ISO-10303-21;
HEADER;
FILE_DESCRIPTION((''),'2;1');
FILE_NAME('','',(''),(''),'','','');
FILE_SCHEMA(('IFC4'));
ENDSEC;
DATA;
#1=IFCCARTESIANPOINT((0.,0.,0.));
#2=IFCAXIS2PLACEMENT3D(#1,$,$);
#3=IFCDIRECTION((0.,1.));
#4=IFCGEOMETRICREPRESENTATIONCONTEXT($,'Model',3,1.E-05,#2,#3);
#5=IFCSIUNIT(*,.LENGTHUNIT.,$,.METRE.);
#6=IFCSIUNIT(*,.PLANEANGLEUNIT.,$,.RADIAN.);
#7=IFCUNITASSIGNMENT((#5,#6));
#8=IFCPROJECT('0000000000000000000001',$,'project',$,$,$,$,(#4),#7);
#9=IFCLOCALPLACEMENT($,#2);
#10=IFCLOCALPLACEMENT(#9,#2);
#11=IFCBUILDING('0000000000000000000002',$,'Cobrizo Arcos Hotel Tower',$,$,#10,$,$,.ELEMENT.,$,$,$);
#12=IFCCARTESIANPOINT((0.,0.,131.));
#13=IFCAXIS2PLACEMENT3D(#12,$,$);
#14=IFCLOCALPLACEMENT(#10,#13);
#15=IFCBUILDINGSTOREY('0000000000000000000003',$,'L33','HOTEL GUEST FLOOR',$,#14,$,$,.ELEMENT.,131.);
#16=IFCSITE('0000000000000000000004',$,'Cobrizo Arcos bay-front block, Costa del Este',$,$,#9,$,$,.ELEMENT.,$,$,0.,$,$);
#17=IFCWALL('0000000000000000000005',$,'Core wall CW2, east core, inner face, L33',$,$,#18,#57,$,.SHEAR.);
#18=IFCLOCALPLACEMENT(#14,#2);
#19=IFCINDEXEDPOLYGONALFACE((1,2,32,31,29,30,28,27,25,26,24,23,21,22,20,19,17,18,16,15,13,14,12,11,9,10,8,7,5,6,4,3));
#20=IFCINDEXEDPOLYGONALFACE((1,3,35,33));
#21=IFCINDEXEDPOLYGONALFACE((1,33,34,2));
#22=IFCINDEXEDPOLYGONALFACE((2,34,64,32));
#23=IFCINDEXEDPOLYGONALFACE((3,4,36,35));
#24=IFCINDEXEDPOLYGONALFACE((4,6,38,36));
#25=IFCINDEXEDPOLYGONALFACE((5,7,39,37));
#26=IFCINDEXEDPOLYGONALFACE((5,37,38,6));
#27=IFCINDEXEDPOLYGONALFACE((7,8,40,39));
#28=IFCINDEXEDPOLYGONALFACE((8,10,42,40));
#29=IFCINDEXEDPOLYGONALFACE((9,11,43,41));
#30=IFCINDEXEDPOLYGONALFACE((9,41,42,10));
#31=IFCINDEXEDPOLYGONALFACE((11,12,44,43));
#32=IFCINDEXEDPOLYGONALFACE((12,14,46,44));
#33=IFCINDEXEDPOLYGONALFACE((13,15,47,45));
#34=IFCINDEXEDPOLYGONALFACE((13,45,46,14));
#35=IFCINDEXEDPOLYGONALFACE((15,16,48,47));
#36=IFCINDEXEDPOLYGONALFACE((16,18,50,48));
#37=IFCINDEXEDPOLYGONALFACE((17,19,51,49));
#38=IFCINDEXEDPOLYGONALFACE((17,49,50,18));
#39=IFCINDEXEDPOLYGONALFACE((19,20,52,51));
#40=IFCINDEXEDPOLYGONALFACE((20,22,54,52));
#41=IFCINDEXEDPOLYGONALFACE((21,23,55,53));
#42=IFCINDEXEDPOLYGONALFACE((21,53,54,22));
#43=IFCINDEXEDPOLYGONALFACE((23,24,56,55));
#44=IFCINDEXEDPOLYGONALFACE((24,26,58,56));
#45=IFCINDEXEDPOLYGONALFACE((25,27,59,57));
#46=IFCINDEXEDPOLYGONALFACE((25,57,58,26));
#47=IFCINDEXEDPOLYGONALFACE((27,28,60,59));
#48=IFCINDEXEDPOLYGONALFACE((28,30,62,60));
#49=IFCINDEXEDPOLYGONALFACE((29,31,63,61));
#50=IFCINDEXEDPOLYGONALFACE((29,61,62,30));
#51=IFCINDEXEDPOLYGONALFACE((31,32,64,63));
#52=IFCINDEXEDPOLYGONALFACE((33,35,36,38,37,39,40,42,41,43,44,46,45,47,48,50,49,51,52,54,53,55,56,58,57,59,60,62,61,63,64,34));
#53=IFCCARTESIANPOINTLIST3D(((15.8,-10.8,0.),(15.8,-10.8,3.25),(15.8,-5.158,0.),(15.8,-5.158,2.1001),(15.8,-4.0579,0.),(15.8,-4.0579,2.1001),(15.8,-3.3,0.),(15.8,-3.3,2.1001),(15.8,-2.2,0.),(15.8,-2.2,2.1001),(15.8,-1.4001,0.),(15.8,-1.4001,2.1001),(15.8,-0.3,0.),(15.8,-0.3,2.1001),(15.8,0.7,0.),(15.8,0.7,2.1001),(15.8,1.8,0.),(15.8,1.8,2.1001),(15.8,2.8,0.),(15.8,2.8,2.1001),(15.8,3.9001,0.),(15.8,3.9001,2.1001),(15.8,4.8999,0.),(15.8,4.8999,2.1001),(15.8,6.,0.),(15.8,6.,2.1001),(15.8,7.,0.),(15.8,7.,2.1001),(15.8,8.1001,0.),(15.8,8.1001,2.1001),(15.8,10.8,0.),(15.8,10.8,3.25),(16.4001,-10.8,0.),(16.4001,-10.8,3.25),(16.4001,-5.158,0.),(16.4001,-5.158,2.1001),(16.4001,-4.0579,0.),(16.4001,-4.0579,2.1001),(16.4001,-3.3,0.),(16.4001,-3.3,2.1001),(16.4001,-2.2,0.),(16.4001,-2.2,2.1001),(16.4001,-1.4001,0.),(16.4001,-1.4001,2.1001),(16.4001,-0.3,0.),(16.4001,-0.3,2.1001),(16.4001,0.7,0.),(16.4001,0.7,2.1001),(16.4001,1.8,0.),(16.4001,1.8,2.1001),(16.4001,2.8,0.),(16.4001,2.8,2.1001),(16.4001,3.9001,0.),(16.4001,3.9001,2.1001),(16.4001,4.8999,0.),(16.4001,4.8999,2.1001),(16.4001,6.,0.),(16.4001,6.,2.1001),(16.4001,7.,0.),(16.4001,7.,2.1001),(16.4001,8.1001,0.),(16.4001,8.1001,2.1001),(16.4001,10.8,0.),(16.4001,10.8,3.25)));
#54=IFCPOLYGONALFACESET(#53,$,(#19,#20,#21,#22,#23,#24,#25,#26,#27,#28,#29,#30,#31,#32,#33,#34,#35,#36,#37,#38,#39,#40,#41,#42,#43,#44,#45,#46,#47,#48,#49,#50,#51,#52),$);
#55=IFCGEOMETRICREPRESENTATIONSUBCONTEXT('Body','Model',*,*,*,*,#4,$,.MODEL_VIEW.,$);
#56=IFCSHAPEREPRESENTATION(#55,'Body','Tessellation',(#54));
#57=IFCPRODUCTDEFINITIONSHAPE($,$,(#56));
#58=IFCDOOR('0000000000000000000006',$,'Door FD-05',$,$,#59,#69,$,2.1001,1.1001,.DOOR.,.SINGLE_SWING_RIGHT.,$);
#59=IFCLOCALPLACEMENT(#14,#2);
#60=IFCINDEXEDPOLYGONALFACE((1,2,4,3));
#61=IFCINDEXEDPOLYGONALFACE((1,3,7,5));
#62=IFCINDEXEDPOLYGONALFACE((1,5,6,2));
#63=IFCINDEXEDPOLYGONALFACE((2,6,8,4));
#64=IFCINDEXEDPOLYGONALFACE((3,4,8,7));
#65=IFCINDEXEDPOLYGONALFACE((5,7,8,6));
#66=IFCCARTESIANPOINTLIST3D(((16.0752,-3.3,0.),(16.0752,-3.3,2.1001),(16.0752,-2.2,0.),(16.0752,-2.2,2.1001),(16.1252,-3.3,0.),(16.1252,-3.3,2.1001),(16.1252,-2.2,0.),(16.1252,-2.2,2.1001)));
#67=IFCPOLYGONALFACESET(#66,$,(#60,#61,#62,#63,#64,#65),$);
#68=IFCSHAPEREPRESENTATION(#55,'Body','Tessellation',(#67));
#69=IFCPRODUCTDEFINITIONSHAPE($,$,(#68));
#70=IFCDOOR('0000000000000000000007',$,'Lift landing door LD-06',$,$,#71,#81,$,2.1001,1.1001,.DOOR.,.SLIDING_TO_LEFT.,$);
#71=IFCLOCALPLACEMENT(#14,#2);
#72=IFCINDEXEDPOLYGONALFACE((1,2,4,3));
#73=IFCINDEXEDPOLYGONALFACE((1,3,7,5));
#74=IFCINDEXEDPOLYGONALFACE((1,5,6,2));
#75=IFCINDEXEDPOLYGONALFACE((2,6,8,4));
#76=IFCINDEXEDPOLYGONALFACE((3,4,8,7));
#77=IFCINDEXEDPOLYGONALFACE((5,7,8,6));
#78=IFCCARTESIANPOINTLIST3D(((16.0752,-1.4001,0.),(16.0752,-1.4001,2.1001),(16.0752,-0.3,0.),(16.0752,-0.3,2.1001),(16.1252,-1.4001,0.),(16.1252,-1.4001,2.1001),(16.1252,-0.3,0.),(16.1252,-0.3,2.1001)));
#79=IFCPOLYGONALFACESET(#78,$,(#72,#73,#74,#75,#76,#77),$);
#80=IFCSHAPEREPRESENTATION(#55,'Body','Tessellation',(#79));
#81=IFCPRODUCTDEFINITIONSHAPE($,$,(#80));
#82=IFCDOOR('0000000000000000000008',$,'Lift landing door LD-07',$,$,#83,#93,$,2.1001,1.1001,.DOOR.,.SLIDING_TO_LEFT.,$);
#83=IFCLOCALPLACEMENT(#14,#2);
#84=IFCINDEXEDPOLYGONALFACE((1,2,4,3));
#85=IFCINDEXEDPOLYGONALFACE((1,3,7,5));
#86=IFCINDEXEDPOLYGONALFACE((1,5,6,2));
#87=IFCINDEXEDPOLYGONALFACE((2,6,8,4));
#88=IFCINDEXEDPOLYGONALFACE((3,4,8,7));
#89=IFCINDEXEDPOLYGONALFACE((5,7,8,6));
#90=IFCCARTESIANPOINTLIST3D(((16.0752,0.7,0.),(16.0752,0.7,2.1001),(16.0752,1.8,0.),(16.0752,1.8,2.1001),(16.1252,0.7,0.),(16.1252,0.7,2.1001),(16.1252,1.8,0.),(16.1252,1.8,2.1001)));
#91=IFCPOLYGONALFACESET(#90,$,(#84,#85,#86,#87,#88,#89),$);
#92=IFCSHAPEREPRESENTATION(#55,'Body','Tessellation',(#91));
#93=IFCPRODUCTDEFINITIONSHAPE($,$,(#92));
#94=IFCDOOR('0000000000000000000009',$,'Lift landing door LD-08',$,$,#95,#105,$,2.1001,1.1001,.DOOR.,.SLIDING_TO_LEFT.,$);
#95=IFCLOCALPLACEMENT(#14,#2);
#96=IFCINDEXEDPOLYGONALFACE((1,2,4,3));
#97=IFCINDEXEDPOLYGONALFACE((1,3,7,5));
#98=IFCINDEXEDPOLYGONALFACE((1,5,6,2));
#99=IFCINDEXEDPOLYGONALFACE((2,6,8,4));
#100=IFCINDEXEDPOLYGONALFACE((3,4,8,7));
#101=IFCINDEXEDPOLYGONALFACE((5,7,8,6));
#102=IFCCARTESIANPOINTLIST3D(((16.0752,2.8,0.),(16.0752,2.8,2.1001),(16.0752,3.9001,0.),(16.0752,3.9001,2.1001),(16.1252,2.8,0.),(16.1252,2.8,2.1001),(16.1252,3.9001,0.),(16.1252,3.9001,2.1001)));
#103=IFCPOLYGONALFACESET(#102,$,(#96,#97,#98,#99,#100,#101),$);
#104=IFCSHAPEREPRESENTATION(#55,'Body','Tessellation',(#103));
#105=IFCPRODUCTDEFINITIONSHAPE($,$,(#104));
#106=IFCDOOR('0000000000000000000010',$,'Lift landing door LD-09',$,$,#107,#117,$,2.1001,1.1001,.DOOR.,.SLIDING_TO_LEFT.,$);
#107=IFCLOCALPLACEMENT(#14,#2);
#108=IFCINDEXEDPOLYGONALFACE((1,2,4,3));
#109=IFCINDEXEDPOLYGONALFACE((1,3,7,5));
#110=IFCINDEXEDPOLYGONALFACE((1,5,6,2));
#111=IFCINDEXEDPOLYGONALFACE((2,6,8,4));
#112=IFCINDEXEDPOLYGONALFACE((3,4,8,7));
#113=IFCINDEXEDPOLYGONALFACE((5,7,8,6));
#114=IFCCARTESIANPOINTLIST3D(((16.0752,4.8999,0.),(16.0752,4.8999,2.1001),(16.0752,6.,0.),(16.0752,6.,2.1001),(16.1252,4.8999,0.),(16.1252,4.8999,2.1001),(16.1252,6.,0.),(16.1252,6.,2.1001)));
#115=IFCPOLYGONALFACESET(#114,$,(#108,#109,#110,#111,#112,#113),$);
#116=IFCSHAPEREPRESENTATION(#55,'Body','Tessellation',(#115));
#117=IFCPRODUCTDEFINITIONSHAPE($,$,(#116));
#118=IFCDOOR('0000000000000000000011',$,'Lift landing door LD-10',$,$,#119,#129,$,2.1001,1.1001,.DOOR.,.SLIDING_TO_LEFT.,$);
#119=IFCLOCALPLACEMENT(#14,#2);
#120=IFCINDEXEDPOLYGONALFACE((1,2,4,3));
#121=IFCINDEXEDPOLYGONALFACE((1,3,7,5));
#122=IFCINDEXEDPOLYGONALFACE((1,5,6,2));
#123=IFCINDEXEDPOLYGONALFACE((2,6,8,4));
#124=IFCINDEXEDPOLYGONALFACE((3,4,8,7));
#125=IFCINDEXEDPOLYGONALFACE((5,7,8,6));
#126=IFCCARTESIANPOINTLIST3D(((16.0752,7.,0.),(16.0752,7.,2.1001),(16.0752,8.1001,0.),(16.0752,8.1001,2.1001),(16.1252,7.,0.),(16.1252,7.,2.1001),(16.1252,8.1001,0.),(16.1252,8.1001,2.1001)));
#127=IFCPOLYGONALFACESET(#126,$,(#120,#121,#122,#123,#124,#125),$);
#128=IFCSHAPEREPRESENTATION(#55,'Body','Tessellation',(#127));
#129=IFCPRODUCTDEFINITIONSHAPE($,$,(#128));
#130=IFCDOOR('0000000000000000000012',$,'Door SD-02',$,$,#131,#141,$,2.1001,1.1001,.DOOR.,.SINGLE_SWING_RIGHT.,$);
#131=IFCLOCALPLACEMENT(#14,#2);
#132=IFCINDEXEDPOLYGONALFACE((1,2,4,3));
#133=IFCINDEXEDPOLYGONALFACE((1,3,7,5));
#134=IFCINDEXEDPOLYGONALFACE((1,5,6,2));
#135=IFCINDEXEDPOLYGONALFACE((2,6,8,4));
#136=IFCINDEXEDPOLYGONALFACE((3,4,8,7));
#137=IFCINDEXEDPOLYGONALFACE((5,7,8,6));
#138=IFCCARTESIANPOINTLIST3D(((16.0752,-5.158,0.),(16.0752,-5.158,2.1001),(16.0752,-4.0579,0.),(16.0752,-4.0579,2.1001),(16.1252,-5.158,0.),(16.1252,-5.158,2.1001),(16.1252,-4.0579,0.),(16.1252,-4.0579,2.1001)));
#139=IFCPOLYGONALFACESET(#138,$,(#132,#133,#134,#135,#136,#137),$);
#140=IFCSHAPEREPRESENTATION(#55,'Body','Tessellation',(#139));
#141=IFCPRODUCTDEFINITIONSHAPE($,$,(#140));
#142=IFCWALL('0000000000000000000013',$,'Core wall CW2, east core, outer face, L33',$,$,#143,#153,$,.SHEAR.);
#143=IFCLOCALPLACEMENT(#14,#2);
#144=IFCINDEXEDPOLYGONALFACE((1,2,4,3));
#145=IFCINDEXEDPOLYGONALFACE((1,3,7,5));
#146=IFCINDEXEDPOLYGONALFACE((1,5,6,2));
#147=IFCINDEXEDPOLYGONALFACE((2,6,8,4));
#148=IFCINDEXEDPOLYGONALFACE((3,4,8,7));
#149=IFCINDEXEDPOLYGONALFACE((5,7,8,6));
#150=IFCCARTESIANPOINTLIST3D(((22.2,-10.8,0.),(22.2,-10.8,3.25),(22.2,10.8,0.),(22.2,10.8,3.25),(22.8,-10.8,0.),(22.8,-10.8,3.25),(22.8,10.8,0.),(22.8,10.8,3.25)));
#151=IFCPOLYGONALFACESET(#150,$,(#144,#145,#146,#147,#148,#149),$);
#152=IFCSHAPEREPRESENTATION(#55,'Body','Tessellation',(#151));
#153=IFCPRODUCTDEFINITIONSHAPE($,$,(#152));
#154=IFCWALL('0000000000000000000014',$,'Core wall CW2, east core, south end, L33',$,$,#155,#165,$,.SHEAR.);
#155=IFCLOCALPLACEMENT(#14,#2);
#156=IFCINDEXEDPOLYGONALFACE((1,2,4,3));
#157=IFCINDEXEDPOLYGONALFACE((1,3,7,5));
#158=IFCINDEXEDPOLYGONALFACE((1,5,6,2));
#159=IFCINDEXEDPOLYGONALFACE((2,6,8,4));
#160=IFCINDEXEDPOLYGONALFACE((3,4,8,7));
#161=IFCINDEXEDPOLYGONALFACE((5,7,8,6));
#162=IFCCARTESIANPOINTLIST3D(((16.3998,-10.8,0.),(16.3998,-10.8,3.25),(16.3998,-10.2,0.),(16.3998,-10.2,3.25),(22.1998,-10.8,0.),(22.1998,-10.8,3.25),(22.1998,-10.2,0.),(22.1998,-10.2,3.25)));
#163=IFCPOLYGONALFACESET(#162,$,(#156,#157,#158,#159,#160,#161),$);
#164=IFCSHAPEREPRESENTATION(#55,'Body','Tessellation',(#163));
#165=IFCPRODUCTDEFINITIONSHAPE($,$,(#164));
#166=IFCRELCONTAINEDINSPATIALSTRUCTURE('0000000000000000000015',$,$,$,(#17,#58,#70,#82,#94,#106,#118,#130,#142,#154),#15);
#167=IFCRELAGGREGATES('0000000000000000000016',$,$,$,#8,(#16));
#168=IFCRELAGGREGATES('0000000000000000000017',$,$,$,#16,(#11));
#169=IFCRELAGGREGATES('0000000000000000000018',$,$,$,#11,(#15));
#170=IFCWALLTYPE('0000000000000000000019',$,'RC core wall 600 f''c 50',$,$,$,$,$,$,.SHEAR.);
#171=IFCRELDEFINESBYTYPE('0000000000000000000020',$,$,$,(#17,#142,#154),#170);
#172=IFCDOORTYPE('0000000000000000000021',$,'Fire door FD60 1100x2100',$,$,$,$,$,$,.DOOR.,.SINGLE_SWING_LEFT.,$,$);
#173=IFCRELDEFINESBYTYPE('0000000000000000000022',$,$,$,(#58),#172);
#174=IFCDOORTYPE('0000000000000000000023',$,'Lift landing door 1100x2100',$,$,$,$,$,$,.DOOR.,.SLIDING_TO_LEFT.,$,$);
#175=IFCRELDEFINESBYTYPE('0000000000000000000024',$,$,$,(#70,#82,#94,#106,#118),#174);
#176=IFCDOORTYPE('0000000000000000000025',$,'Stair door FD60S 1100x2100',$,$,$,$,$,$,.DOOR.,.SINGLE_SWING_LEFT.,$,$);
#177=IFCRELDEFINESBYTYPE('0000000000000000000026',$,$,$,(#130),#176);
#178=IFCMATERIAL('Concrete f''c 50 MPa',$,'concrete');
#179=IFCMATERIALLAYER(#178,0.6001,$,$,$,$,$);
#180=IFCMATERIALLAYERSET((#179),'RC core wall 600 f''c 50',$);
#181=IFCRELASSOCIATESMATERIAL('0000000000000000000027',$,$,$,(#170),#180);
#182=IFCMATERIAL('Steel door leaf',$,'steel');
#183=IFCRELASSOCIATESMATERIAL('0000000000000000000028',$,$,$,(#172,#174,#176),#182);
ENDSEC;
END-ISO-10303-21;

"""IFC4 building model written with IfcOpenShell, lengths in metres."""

from ifc_helpers import new_model, si_unit, direction, frame, frame_2d, origin, place, context, subcontext, project, spatial, rectangle, extrude, material, layer, layer_set, type_object, element, fill, save


model = new_model("IFC4")

# Units and contexts
model_context = context("Model", 3, precision=1e-05, world=origin(), true_north=direction((0.0, 1.0)))
body_context = subcontext(model_context, "Body", "Model", "MODEL_VIEW")
ifc_project = project(units=[si_unit("LENGTHUNIT", "METRE"), si_unit("PLANEANGLEUNIT", "RADIAN")], contexts=[model_context])

# Site, building, storey
site_placement = place(None, origin())
site = spatial("IfcSite", under=ifc_project, at=site_placement, Name="Cobrizo Arcos bay-front block, Costa del Este", CompositionType="ELEMENT", RefElevation=0.0)
building_placement = place(site_placement, origin())
building = spatial("IfcBuilding", under=site, at=building_placement, Name="Cobrizo Arcos Hotel Tower", CompositionType="ELEMENT")
storey_placement = place(building_placement, frame((0.0, 0.0, 131.0)))
storey = spatial("IfcBuildingStorey", under=building, at=storey_placement, Name="L33", Description="HOTEL GUEST FLOOR", CompositionType="ELEMENT", Elevation=131.0)

# Wall, openings, doors
ifc_material_1 = material(Name="Concrete f'c 50 MPa", Category="concrete")
ifc_layer_1 = layer(ifc_material_1, 0.6001)
ifc_layer_set_1 = layer_set([ifc_layer_1], Name="RC core wall 600 f'c 50")
wall_type_1 = type_object("IfcWallType", Name="RC core wall 600 f'c 50", PredefinedType="SHEAR", material=ifc_layer_set_1)
wall_1_placement = place(storey_placement, frame((16.1001, -10.8, 0.0), z_axis=(0.0, 0.0, 1.0), x_axis=(0.0, 1.0, 0.0)))
wall_1 = element("IfcWall", 1, at=wall_1_placement, inside=storey, type_object=wall_type_1, Name="Core wall CW2, east core, inner face, L33", PredefinedType="SHEAR", context=body_context, shape_type="SweptSolid", body=[
    extrude(rectangle(XDim=21.6001, YDim=0.6001, at=frame_2d((10.8, 0.0))), origin(), (0.0, 0.0, 1.0), 3.25),
])
opening_1_placement = place(wall_1_placement, frame((9.3999, 0.0, 0.0)))
opening_1 = element("IfcOpeningElement", 2, at=opening_1_placement, cuts=wall_1, PredefinedType="OPENING", context=body_context, shape_type="SweptSolid", body=[
    extrude(rectangle(XDim=1.1001, YDim=2.1001, at=frame_2d((0.55, 1.05))), frame((0.0, 0.312, 0.0), z_axis=(0.0, -1.0, 0.0), x_axis=(1.0, 0.0, 0.0)), (0.0, 0.0, 1.0), 0.624),
])
opening_2_placement = place(wall_1_placement, frame((11.5, 0.0, 0.0)))
opening_2 = element("IfcOpeningElement", 3, at=opening_2_placement, cuts=wall_1, PredefinedType="OPENING", context=body_context, shape_type="SweptSolid", body=[
    extrude(rectangle(XDim=1.1001, YDim=2.1001, at=frame_2d((0.55, 1.05))), frame((0.0, 0.312, 0.0), z_axis=(0.0, -1.0, 0.0), x_axis=(1.0, 0.0, 0.0)), (0.0, 0.0, 1.0), 0.624),
])
opening_3_placement = place(wall_1_placement, frame((13.6001, 0.0, 0.0)))
opening_3 = element("IfcOpeningElement", 4, at=opening_3_placement, cuts=wall_1, PredefinedType="OPENING", context=body_context, shape_type="SweptSolid", body=[
    extrude(rectangle(XDim=1.1001, YDim=2.1001, at=frame_2d((0.55, 1.05))), frame((0.0, 0.312, 0.0), z_axis=(0.0, -1.0, 0.0), x_axis=(1.0, 0.0, 0.0)), (0.0, 0.0, 1.0), 0.624),
])
opening_4_placement = place(wall_1_placement, frame((15.7, 0.0, 0.0)))
opening_4 = element("IfcOpeningElement", 5, at=opening_4_placement, cuts=wall_1, PredefinedType="OPENING", context=body_context, shape_type="SweptSolid", body=[
    extrude(rectangle(XDim=1.1001, YDim=2.1001, at=frame_2d((0.55, 1.05))), frame((0.0, 0.312, 0.0), z_axis=(0.0, -1.0, 0.0), x_axis=(1.0, 0.0, 0.0)), (0.0, 0.0, 1.0), 0.624),
])
opening_5_placement = place(wall_1_placement, frame((17.8, 0.0, 0.0)))
opening_5 = element("IfcOpeningElement", 6, at=opening_5_placement, cuts=wall_1, PredefinedType="OPENING", context=body_context, shape_type="SweptSolid", body=[
    extrude(rectangle(XDim=1.1001, YDim=2.1001, at=frame_2d((0.55, 1.05))), frame((0.0, 0.312, 0.0), z_axis=(0.0, -1.0, 0.0), x_axis=(1.0, 0.0, 0.0)), (0.0, 0.0, 1.0), 0.624),
])
opening_6_placement = place(wall_1_placement, frame((5.6421, 0.0, 0.0)))
opening_6 = element("IfcOpeningElement", 7, at=opening_6_placement, cuts=wall_1, PredefinedType="OPENING", context=body_context, shape_type="SweptSolid", body=[
    extrude(rectangle(XDim=1.1001, YDim=2.1001, at=frame_2d((0.55, 1.05))), frame((0.0, 0.312, 0.0), z_axis=(0.0, -1.0, 0.0), x_axis=(1.0, 0.0, 0.0)), (0.0, 0.0, 1.0), 0.624),
])
opening_7_placement = place(wall_1_placement, frame((7.5, 0.0, 0.0)))
opening_7 = element("IfcOpeningElement", 8, at=opening_7_placement, cuts=wall_1, PredefinedType="OPENING", context=body_context, shape_type="SweptSolid", body=[
    extrude(rectangle(XDim=1.1001, YDim=2.1001, at=frame_2d((0.55, 1.05))), frame((0.0, 0.312, 0.0), z_axis=(0.0, -1.0, 0.0), x_axis=(1.0, 0.0, 0.0)), (0.0, 0.0, 1.0), 0.624),
])
ifc_material_2 = material(Name="Steel door leaf", Category="steel")
door_type_1 = type_object("IfcDoorType", Name="Fire door FD60 1100x2100", OperationType="SINGLE_SWING_LEFT", PredefinedType="DOOR", material=ifc_material_2)
door_1_placement = place(opening_7_placement, origin())
door_1 = element("IfcDoor", 9, at=door_1_placement, inside=storey, type_object=door_type_1, Name="Door FD-05", OperationType="SINGLE_SWING_RIGHT", OverallHeight=2.1001, OverallWidth=1.1001, PredefinedType="DOOR", context=body_context, shape_type="SweptSolid", body=[
    extrude(rectangle(XDim=1.1001, YDim=2.1001, at=frame_2d((0.55, 1.05))), frame((0.0, 0.0249, 0.0), z_axis=(0.0, -1.0, 0.0), x_axis=(1.0, 0.0, 0.0)), (0.0, 0.0, 1.0), 0.05),
])
fill(opening_7, door_1)
door_type_2 = type_object("IfcDoorType", Name="Lift landing door 1100x2100", OperationType="SLIDING_TO_LEFT", PredefinedType="DOOR", material=ifc_material_2)
door_2_placement = place(opening_1_placement, origin())
door_2 = element("IfcDoor", 10, at=door_2_placement, inside=storey, type_object=door_type_2, Name="Lift landing door LD-06", OperationType="SLIDING_TO_LEFT", OverallHeight=2.1001, OverallWidth=1.1001, PredefinedType="DOOR", context=body_context, shape_type="SweptSolid", body=[
    extrude(rectangle(XDim=1.1001, YDim=2.1001, at=frame_2d((0.55, 1.05))), frame((0.0, 0.0249, 0.0), z_axis=(0.0, -1.0, 0.0), x_axis=(1.0, 0.0, 0.0)), (0.0, 0.0, 1.0), 0.05),
])
fill(opening_1, door_2)
door_3_placement = place(opening_2_placement, origin())
door_3 = element("IfcDoor", 11, at=door_3_placement, inside=storey, type_object=door_type_2, Name="Lift landing door LD-07", OperationType="SLIDING_TO_LEFT", OverallHeight=2.1001, OverallWidth=1.1001, PredefinedType="DOOR", context=body_context, shape_type="SweptSolid", body=[
    extrude(rectangle(XDim=1.1001, YDim=2.1001, at=frame_2d((0.55, 1.05))), frame((0.0, 0.0249, 0.0), z_axis=(0.0, -1.0, 0.0), x_axis=(1.0, 0.0, 0.0)), (0.0, 0.0, 1.0), 0.05),
])
fill(opening_2, door_3)
door_4_placement = place(opening_3_placement, origin())
door_4 = element("IfcDoor", 12, at=door_4_placement, inside=storey, type_object=door_type_2, Name="Lift landing door LD-08", OperationType="SLIDING_TO_LEFT", OverallHeight=2.1001, OverallWidth=1.1001, PredefinedType="DOOR", context=body_context, shape_type="SweptSolid", body=[
    extrude(rectangle(XDim=1.1001, YDim=2.1001, at=frame_2d((0.55, 1.05))), frame((0.0, 0.0249, 0.0), z_axis=(0.0, -1.0, 0.0), x_axis=(1.0, 0.0, 0.0)), (0.0, 0.0, 1.0), 0.05),
])
fill(opening_3, door_4)
door_5_placement = place(opening_4_placement, origin())
door_5 = element("IfcDoor", 13, at=door_5_placement, inside=storey, type_object=door_type_2, Name="Lift landing door LD-09", OperationType="SLIDING_TO_LEFT", OverallHeight=2.1001, OverallWidth=1.1001, PredefinedType="DOOR", context=body_context, shape_type="SweptSolid", body=[
    extrude(rectangle(XDim=1.1001, YDim=2.1001, at=frame_2d((0.55, 1.05))), frame((0.0, 0.0249, 0.0), z_axis=(0.0, -1.0, 0.0), x_axis=(1.0, 0.0, 0.0)), (0.0, 0.0, 1.0), 0.05),
])
fill(opening_4, door_5)
door_6_placement = place(opening_5_placement, origin())
door_6 = element("IfcDoor", 14, at=door_6_placement, inside=storey, type_object=door_type_2, Name="Lift landing door LD-10", OperationType="SLIDING_TO_LEFT", OverallHeight=2.1001, OverallWidth=1.1001, PredefinedType="DOOR", context=body_context, shape_type="SweptSolid", body=[
    extrude(rectangle(XDim=1.1001, YDim=2.1001, at=frame_2d((0.55, 1.05))), frame((0.0, 0.0249, 0.0), z_axis=(0.0, -1.0, 0.0), x_axis=(1.0, 0.0, 0.0)), (0.0, 0.0, 1.0), 0.05),
])
fill(opening_5, door_6)
door_type_3 = type_object("IfcDoorType", Name="Stair door FD60S 1100x2100", OperationType="SINGLE_SWING_LEFT", PredefinedType="DOOR", material=ifc_material_2)
door_7_placement = place(opening_6_placement, origin())
door_7 = element("IfcDoor", 15, at=door_7_placement, inside=storey, type_object=door_type_3, Name="Door SD-02", OperationType="SINGLE_SWING_RIGHT", OverallHeight=2.1001, OverallWidth=1.1001, PredefinedType="DOOR", context=body_context, shape_type="SweptSolid", body=[
    extrude(rectangle(XDim=1.1001, YDim=2.1001, at=frame_2d((0.55, 1.05))), frame((0.0, 0.0249, 0.0), z_axis=(0.0, -1.0, 0.0), x_axis=(1.0, 0.0, 0.0)), (0.0, 0.0, 1.0), 0.05),
])
fill(opening_6, door_7)

# Walls
wall_2_placement = place(storey_placement, frame((22.5, -10.8, 0.0), z_axis=(0.0, 0.0, 1.0), x_axis=(0.0, 1.0, 0.0)))
element("IfcWall", 16, at=wall_2_placement, inside=storey, type_object=wall_type_1, Name="Core wall CW2, east core, outer face, L33", PredefinedType="SHEAR", context=body_context, shape_type="SweptSolid", body=[
    extrude(rectangle(XDim=21.6001, YDim=0.6001, at=frame_2d((10.8, 0.0))), origin(), (0.0, 0.0, 1.0), 3.25),
])
wall_3_placement = place(storey_placement, frame((16.3999, -10.5, 0.0), z_axis=(0.0, 0.0, 1.0), x_axis=(1.0, 0.0, 0.0)))
element("IfcWall", 17, at=wall_3_placement, inside=storey, type_object=wall_type_1, Name="Core wall CW2, east core, south end, L33", PredefinedType="SHEAR", context=body_context, shape_type="SweptSolid", body=[
    extrude(rectangle(XDim=5.8, YDim=0.6001, at=frame_2d((2.8999, 0.0))), origin(), (0.0, 0.0, 1.0), 3.25),
])

save(model, "model.ifc")
